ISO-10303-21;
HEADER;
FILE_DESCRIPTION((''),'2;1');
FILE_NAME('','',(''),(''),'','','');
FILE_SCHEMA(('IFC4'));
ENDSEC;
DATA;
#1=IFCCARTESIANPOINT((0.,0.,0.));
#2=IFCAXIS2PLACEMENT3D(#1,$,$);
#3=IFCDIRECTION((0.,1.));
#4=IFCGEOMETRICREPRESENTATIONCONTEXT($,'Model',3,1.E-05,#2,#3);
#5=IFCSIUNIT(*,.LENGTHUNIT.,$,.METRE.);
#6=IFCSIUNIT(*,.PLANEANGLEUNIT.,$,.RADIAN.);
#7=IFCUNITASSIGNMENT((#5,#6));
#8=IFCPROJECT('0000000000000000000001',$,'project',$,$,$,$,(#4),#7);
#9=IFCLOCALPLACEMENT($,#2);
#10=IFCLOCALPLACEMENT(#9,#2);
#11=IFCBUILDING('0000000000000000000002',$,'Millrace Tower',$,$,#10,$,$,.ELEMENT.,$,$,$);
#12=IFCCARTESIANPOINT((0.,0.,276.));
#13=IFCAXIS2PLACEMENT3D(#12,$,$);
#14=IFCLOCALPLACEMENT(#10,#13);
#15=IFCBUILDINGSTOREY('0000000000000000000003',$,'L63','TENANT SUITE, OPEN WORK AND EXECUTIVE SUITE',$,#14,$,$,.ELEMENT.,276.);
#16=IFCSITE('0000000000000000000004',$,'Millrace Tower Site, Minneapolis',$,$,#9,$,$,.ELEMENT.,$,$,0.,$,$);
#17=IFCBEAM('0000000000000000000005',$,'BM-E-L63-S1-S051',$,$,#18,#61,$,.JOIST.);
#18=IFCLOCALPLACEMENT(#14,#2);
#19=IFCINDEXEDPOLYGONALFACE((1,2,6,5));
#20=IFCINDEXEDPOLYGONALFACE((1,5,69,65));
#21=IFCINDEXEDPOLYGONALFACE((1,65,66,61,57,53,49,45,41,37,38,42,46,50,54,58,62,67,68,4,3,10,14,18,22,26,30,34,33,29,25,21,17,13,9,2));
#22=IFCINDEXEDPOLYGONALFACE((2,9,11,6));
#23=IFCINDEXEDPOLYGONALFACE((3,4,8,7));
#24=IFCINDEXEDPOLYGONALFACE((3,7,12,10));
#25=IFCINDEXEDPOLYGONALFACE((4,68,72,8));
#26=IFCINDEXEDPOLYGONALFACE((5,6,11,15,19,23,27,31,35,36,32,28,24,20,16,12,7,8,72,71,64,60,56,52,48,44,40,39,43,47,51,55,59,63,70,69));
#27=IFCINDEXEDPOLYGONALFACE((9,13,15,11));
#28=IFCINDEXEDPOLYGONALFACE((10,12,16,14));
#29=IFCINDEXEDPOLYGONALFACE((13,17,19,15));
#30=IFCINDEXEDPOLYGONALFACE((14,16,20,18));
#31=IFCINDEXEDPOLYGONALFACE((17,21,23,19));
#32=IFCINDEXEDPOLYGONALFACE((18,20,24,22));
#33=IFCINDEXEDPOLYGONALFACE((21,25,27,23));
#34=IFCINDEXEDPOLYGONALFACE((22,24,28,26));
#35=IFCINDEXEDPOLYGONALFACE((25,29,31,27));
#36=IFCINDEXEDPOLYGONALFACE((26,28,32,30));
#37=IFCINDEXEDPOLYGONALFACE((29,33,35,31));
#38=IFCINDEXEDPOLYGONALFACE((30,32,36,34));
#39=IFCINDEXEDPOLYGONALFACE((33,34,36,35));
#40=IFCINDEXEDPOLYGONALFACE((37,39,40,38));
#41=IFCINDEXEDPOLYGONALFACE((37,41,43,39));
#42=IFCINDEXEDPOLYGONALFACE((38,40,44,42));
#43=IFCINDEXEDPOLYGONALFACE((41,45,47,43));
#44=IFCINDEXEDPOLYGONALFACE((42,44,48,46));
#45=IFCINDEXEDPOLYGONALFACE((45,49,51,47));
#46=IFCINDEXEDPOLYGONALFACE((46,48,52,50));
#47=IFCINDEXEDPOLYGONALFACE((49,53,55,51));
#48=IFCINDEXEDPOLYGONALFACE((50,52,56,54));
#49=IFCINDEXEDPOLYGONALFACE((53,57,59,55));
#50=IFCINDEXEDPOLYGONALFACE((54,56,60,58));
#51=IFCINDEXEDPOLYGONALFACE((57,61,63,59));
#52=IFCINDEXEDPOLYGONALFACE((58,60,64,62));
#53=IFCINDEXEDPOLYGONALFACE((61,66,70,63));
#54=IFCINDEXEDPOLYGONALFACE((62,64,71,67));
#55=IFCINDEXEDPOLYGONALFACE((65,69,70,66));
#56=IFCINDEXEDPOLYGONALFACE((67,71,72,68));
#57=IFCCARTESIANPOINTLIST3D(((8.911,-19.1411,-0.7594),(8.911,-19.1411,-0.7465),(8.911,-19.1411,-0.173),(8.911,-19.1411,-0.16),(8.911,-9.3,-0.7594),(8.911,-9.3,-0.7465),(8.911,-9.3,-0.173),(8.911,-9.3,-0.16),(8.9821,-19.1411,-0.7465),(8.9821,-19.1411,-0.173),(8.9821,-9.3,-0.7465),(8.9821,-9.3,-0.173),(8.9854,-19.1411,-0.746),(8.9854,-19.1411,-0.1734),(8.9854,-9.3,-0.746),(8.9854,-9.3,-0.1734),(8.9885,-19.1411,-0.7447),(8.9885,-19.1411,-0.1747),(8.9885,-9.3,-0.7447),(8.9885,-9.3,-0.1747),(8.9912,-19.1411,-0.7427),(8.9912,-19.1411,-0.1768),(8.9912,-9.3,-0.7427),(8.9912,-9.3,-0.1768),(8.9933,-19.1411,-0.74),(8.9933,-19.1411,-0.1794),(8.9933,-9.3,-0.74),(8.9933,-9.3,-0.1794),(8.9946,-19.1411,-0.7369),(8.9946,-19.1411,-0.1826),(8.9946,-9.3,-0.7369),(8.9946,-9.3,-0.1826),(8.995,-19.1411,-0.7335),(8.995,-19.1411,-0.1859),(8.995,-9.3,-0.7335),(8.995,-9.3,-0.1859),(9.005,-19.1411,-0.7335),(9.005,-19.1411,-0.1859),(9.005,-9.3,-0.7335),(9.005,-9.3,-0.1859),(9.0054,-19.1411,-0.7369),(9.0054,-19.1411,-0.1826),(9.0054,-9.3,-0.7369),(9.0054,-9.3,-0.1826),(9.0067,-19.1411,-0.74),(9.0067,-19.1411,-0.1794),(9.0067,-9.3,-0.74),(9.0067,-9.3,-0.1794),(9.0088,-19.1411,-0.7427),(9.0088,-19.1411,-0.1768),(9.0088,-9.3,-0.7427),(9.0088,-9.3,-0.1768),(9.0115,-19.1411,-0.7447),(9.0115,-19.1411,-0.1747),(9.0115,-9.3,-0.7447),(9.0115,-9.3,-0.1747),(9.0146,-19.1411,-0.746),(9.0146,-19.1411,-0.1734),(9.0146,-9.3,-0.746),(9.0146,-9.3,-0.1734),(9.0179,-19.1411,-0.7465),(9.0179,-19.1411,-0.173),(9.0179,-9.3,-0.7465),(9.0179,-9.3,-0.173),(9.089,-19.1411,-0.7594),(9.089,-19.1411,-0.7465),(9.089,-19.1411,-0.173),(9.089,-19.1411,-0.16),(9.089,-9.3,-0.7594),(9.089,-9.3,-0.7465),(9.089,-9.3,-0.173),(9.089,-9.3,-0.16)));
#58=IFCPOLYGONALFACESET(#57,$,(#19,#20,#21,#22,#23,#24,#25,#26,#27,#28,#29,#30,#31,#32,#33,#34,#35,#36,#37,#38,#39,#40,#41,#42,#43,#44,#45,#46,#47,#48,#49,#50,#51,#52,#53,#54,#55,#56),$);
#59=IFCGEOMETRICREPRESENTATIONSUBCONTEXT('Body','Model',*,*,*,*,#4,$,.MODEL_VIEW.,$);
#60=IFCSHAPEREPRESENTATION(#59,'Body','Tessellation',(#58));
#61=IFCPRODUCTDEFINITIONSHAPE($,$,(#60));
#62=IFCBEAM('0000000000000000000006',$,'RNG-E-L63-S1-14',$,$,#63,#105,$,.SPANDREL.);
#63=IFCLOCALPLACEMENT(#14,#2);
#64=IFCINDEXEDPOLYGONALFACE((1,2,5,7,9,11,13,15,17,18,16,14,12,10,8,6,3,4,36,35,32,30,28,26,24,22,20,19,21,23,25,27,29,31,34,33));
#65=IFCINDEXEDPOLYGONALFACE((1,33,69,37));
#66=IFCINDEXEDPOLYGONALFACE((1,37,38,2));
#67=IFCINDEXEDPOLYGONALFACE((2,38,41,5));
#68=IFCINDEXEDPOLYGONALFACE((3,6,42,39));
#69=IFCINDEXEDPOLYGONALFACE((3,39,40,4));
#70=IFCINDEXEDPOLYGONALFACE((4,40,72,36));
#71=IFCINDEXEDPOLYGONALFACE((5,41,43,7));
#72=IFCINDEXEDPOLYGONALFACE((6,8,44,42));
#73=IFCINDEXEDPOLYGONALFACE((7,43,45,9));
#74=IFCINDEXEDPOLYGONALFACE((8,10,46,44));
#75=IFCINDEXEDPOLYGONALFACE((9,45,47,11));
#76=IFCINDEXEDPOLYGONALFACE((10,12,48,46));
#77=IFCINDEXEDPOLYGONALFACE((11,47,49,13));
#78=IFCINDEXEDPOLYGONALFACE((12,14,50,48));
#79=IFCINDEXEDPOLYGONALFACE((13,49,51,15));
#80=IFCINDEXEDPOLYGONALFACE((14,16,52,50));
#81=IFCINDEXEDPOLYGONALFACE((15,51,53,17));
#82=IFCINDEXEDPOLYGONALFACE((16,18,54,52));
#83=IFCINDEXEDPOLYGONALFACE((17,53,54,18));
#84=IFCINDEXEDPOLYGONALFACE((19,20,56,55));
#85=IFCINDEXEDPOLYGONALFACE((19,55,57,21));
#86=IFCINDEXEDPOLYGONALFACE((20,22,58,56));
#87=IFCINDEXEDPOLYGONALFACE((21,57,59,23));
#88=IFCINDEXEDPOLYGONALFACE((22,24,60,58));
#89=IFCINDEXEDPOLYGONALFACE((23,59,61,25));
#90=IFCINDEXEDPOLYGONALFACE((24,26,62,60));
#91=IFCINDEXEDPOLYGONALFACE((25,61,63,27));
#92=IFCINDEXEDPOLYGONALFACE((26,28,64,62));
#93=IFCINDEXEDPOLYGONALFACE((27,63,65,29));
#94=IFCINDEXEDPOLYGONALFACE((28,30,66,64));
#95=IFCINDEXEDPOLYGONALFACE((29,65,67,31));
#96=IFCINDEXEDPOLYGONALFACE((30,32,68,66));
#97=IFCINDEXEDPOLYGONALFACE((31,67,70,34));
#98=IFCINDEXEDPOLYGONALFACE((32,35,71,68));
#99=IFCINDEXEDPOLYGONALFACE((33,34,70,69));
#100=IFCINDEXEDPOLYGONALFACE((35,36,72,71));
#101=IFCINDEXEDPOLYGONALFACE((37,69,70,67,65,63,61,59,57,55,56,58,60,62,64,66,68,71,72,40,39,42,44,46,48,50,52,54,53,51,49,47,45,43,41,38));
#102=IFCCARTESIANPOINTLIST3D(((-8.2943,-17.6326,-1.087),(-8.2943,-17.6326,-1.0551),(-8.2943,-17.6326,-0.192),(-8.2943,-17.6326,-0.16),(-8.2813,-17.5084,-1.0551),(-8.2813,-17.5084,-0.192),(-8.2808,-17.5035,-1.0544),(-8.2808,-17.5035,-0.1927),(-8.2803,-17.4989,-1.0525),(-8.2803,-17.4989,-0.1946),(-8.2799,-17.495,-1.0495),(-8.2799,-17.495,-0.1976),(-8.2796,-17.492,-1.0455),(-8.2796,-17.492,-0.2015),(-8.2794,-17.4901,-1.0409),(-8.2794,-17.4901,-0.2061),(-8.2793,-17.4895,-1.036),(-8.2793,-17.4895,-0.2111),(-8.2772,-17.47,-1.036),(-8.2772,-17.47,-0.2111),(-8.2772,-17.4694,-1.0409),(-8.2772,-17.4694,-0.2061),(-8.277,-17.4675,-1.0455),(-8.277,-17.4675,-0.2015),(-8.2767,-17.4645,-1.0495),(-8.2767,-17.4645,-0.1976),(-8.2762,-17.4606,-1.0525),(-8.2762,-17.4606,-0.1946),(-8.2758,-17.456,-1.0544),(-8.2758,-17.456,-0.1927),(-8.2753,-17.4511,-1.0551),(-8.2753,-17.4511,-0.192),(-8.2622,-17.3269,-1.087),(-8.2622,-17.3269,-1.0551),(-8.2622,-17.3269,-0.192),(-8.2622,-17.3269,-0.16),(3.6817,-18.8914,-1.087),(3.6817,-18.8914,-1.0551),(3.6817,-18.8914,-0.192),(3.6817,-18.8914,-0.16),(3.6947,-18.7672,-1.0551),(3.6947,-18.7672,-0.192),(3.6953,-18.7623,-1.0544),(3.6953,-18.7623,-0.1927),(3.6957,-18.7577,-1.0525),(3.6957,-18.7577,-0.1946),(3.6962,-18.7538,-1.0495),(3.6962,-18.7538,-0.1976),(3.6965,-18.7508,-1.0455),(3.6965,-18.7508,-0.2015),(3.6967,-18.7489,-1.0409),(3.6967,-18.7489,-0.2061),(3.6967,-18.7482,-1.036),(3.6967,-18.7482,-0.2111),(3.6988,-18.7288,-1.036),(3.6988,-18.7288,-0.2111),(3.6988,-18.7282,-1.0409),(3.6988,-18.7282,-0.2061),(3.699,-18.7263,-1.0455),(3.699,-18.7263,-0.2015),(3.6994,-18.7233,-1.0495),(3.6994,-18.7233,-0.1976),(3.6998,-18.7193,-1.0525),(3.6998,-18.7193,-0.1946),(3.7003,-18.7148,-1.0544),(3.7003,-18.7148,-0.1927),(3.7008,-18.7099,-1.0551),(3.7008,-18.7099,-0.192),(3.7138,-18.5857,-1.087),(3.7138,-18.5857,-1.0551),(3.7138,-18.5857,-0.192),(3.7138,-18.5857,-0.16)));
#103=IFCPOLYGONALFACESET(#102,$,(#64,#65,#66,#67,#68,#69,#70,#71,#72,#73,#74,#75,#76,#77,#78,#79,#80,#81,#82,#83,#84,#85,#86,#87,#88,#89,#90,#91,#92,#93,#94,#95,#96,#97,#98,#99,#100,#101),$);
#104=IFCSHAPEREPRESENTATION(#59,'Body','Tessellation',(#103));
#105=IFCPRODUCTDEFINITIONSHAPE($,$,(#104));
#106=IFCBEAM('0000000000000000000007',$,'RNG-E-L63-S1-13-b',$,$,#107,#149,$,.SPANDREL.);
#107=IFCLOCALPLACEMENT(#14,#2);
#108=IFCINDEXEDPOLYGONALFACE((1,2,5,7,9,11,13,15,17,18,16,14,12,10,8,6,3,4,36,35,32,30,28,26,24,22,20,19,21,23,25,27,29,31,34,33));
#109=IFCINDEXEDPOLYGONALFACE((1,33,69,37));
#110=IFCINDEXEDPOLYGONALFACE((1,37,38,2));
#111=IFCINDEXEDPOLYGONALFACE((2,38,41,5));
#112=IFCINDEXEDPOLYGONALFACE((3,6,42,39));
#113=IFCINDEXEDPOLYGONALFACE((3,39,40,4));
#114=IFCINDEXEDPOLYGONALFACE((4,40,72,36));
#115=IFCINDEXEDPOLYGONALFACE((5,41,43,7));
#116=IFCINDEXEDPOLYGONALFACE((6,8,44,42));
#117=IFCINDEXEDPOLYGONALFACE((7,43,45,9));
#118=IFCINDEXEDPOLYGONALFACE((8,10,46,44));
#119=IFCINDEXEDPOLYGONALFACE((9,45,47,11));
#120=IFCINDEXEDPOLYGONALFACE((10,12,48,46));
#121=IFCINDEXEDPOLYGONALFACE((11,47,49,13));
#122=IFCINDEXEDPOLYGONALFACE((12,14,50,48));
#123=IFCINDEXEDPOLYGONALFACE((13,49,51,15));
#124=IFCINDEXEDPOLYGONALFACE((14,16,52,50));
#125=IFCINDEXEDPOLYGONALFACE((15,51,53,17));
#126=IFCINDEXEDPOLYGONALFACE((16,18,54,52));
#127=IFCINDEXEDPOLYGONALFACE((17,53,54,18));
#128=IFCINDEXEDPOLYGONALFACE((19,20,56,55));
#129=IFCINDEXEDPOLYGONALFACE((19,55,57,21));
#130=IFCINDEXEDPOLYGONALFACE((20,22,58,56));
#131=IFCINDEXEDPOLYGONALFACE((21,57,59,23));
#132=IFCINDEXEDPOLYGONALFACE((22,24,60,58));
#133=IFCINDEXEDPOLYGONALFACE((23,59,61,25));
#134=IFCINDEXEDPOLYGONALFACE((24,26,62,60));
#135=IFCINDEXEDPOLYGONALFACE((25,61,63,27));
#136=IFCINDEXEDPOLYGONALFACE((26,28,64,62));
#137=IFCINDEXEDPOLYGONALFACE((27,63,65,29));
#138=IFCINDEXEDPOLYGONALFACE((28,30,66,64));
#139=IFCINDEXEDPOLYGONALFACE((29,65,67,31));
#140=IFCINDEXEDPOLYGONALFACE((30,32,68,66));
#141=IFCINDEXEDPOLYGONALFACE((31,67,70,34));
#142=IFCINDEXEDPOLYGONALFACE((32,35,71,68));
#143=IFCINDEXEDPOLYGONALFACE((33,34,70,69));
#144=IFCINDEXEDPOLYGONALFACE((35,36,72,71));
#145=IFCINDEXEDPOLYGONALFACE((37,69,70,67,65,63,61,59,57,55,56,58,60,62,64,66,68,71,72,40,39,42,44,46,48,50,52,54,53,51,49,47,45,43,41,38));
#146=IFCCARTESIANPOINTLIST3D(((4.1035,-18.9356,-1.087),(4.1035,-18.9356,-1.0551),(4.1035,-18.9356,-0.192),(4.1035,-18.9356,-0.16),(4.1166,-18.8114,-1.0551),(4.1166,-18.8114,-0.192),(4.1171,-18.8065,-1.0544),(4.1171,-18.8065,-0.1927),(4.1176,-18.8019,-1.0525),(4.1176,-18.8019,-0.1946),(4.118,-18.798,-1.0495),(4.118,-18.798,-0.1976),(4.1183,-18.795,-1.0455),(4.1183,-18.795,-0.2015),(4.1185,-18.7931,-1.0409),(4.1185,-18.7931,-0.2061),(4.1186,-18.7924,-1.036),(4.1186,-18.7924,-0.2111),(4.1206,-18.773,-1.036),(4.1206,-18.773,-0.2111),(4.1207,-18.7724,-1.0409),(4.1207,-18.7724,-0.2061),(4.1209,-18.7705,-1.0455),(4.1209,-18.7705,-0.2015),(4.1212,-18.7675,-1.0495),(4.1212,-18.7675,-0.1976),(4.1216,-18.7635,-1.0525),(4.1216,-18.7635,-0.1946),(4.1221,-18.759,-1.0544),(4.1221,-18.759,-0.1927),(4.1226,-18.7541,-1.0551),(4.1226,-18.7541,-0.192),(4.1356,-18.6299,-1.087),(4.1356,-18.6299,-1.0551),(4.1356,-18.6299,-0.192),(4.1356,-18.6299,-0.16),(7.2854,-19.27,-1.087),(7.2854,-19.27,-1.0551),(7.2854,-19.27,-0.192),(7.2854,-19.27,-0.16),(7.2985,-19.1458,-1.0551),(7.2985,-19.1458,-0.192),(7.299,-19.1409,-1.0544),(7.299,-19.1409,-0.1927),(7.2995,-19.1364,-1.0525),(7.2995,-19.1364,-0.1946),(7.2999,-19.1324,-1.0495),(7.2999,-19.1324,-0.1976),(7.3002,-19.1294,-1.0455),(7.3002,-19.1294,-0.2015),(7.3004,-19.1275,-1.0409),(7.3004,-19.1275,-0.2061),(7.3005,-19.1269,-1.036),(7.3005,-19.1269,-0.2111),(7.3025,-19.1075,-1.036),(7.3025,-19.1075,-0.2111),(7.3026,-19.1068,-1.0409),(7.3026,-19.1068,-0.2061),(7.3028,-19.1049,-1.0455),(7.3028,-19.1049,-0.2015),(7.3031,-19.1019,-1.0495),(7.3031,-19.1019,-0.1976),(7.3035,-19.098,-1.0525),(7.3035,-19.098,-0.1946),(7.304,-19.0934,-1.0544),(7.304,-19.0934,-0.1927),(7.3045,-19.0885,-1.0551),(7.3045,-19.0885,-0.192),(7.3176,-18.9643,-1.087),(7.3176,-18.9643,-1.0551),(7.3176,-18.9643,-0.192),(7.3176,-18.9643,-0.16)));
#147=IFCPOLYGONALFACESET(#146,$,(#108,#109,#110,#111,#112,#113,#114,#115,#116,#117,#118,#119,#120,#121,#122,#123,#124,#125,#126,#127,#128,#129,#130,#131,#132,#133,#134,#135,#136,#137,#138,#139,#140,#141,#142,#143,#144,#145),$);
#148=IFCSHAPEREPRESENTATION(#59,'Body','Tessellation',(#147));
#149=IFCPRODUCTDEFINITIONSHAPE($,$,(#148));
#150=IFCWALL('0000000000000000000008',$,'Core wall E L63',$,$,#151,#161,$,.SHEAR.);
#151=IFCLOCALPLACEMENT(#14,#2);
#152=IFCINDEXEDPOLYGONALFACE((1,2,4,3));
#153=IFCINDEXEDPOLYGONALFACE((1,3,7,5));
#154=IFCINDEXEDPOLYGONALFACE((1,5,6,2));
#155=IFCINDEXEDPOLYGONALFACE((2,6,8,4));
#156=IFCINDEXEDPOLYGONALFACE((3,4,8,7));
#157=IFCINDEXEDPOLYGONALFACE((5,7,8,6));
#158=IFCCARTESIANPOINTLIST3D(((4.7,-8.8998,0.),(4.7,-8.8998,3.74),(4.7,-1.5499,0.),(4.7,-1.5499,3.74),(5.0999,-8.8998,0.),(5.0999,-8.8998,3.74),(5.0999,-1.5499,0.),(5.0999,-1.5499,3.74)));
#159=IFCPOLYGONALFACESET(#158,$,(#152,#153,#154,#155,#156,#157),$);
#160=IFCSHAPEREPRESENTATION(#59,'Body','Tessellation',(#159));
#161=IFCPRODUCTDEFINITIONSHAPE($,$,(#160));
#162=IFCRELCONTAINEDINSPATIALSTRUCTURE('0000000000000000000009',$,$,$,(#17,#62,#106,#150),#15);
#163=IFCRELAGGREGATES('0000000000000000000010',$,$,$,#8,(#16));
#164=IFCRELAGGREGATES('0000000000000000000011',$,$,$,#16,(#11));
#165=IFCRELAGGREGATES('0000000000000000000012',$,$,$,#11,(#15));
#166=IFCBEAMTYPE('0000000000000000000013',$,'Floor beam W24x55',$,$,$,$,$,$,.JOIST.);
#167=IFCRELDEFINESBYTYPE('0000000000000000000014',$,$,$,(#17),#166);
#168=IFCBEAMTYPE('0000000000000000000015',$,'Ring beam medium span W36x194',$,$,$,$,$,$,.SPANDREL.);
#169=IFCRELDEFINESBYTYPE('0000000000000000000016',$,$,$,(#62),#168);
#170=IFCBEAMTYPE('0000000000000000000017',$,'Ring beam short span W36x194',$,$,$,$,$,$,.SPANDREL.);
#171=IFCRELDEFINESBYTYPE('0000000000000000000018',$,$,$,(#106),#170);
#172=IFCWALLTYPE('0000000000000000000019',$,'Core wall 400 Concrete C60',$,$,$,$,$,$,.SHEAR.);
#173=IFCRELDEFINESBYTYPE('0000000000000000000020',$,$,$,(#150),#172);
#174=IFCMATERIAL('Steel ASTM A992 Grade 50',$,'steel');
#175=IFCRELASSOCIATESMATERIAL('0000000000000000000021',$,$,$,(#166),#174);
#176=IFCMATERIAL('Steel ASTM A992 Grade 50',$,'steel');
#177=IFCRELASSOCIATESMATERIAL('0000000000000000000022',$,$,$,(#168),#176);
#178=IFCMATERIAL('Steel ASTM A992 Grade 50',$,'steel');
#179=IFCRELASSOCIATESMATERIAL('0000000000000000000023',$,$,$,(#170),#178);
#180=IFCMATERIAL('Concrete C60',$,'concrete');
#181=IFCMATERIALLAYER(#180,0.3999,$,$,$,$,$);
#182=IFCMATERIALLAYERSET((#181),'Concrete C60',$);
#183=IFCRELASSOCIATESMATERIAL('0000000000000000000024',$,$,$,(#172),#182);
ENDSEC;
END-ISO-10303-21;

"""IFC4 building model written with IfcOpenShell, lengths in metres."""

from ifc_helpers import new_model, si_unit, direction, frame, frame_2d, origin, origin_2d, place, context, subcontext, project, spatial, rectangle, i_section, extrude, material, layer, layer_set, material_profile, profile_set, type_object, element, save


model = new_model("IFC4")

# Units and contexts
model_context = context("Model", 3, precision=1e-05, world=origin(), true_north=direction((0.0, 1.0)))
body_context = subcontext(model_context, "Body", "Model", "MODEL_VIEW")
ifc_project = project(units=[si_unit("LENGTHUNIT", "METRE"), si_unit("PLANEANGLEUNIT", "RADIAN")], contexts=[model_context])

# Site, building, storey
site_placement = place(None, origin())
site = spatial("IfcSite", under=ifc_project, at=site_placement, Name="Millrace Tower Site, Minneapolis", CompositionType="ELEMENT", RefElevation=0.0)
building_placement = place(site_placement, origin())
building = spatial("IfcBuilding", under=site, at=building_placement, Name="Millrace Tower", CompositionType="ELEMENT")
storey_placement = place(building_placement, frame((0.0, 0.0, 276.0)))
storey = spatial("IfcBuildingStorey", under=building, at=storey_placement, Name="L63", Description="TENANT SUITE, OPEN WORK AND EXECUTIVE SUITE", CompositionType="ELEMENT", Elevation=276.0)

# Beams
ifc_material_1 = material(Name="Steel ASTM A992 Grade 50", Category="steel")
ifc_material_profile_1 = material_profile(ifc_material_1, i_section(OverallWidth=0.178, OverallDepth=0.5994, WebThickness=0.01, FlangeThickness=0.0129, FilletRadius=0.0129, at=origin_2d()))
ifc_profile_set_1 = profile_set([ifc_material_profile_1], Name="Steel ASTM A992 Grade 50")
beam_type_1 = type_object("IfcBeamType", Name="Floor beam W24x55", PredefinedType="JOIST", material=ifc_profile_set_1)
beam_1_placement = place(storey_placement, frame((9.0, -19.1411, -0.4597), z_axis=(0.0, 1.0, 0.0), x_axis=(-1.0, 0.0, 0.0)))
element("IfcBeam", 1, at=beam_1_placement, inside=storey, type_object=beam_type_1, Name="BM-E-L63-S1-S051", PredefinedType="JOIST", context=body_context, shape_type="SweptSolid", body=[
    extrude(i_section(OverallWidth=0.178, OverallDepth=0.5994, WebThickness=0.01, FlangeThickness=0.0129, FilletRadius=0.0129, at=origin_2d()), origin(), (0.0, 0.0, 1.0), 9.8411),
])
ifc_material_2 = material(Name="Steel ASTM A992 Grade 50", Category="steel")
ifc_material_profile_2 = material_profile(ifc_material_2, i_section(OverallWidth=0.3074, OverallDepth=0.927, WebThickness=0.0195, FlangeThickness=0.032, FilletRadius=0.019, at=origin_2d()))
ifc_profile_set_2 = profile_set([ifc_material_profile_2], Name="Steel ASTM A992 Grade 50")
beam_type_2 = type_object("IfcBeamType", Name="Ring beam medium span W36x194", PredefinedType="SPANDREL", material=ifc_profile_set_2)
beam_2_placement = place(storey_placement, frame((3.6978, -18.7385, -0.6235), z_axis=(-0.994521, 0.104533, 0.0), x_axis=(-0.104533, -0.994521, 0.0)))
element("IfcBeam", 2, at=beam_2_placement, inside=storey, type_object=beam_type_2, Name="RNG-E-L63-S1-14", PredefinedType="SPANDREL", context=body_context, shape_type="SweptSolid", body=[
    extrude(i_section(OverallWidth=0.3074, OverallDepth=0.927, WebThickness=0.0195, FlangeThickness=0.032, FilletRadius=0.019, at=origin_2d()), origin(), (0.0, 0.0, 1.0), 12.042),
])
ifc_material_3 = material(Name="Steel ASTM A992 Grade 50", Category="steel")
ifc_material_profile_3 = material_profile(ifc_material_3, i_section(OverallWidth=0.3074, OverallDepth=0.927, WebThickness=0.0195, FlangeThickness=0.032, FilletRadius=0.019, at=origin_2d()))
ifc_profile_set_3 = profile_set([ifc_material_profile_3], Name="Steel ASTM A992 Grade 50")
beam_type_3 = type_object("IfcBeamType", Name="Ring beam short span W36x194", PredefinedType="SPANDREL", material=ifc_profile_set_3)
beam_3_placement = place(storey_placement, frame((7.3015, -19.1172, -0.6235), z_axis=(-0.99452, 0.104542, 0.0), x_axis=(-0.104542, -0.99452, 0.0)))
element("IfcBeam", 3, at=beam_3_placement, inside=storey, type_object=beam_type_3, Name="RNG-E-L63-S1-13-b", PredefinedType="SPANDREL", context=body_context, shape_type="SweptSolid", body=[
    extrude(i_section(OverallWidth=0.3074, OverallDepth=0.927, WebThickness=0.0195, FlangeThickness=0.032, FilletRadius=0.019, at=origin_2d()), origin(), (0.0, 0.0, 1.0), 3.1995),
])

# Wall
ifc_material_4 = material(Name="Concrete C60", Category="concrete")
ifc_layer_1 = layer(ifc_material_4, 0.3999)
ifc_layer_set_1 = layer_set([ifc_layer_1], Name="Concrete C60")
wall_type_1 = type_object("IfcWallType", Name="Core wall 400 Concrete C60", PredefinedType="SHEAR", material=ifc_layer_set_1)
wall_1_placement = place(storey_placement, frame((4.8999, -1.55, 0.0), z_axis=(0.0, 0.0, 1.0), x_axis=(0.0, -1.0, 0.0)))
element("IfcWall", 4, at=wall_1_placement, inside=storey, type_object=wall_type_1, Name="Core wall E L63", PredefinedType="SHEAR", context=body_context, shape_type="SweptSolid", body=[
    extrude(rectangle(XDim=7.3499, YDim=0.3999, at=frame_2d((3.6748, 0.0))), origin(), (0.0, 0.0, 1.0), 3.74),
])

save(model, "model.ifc")
